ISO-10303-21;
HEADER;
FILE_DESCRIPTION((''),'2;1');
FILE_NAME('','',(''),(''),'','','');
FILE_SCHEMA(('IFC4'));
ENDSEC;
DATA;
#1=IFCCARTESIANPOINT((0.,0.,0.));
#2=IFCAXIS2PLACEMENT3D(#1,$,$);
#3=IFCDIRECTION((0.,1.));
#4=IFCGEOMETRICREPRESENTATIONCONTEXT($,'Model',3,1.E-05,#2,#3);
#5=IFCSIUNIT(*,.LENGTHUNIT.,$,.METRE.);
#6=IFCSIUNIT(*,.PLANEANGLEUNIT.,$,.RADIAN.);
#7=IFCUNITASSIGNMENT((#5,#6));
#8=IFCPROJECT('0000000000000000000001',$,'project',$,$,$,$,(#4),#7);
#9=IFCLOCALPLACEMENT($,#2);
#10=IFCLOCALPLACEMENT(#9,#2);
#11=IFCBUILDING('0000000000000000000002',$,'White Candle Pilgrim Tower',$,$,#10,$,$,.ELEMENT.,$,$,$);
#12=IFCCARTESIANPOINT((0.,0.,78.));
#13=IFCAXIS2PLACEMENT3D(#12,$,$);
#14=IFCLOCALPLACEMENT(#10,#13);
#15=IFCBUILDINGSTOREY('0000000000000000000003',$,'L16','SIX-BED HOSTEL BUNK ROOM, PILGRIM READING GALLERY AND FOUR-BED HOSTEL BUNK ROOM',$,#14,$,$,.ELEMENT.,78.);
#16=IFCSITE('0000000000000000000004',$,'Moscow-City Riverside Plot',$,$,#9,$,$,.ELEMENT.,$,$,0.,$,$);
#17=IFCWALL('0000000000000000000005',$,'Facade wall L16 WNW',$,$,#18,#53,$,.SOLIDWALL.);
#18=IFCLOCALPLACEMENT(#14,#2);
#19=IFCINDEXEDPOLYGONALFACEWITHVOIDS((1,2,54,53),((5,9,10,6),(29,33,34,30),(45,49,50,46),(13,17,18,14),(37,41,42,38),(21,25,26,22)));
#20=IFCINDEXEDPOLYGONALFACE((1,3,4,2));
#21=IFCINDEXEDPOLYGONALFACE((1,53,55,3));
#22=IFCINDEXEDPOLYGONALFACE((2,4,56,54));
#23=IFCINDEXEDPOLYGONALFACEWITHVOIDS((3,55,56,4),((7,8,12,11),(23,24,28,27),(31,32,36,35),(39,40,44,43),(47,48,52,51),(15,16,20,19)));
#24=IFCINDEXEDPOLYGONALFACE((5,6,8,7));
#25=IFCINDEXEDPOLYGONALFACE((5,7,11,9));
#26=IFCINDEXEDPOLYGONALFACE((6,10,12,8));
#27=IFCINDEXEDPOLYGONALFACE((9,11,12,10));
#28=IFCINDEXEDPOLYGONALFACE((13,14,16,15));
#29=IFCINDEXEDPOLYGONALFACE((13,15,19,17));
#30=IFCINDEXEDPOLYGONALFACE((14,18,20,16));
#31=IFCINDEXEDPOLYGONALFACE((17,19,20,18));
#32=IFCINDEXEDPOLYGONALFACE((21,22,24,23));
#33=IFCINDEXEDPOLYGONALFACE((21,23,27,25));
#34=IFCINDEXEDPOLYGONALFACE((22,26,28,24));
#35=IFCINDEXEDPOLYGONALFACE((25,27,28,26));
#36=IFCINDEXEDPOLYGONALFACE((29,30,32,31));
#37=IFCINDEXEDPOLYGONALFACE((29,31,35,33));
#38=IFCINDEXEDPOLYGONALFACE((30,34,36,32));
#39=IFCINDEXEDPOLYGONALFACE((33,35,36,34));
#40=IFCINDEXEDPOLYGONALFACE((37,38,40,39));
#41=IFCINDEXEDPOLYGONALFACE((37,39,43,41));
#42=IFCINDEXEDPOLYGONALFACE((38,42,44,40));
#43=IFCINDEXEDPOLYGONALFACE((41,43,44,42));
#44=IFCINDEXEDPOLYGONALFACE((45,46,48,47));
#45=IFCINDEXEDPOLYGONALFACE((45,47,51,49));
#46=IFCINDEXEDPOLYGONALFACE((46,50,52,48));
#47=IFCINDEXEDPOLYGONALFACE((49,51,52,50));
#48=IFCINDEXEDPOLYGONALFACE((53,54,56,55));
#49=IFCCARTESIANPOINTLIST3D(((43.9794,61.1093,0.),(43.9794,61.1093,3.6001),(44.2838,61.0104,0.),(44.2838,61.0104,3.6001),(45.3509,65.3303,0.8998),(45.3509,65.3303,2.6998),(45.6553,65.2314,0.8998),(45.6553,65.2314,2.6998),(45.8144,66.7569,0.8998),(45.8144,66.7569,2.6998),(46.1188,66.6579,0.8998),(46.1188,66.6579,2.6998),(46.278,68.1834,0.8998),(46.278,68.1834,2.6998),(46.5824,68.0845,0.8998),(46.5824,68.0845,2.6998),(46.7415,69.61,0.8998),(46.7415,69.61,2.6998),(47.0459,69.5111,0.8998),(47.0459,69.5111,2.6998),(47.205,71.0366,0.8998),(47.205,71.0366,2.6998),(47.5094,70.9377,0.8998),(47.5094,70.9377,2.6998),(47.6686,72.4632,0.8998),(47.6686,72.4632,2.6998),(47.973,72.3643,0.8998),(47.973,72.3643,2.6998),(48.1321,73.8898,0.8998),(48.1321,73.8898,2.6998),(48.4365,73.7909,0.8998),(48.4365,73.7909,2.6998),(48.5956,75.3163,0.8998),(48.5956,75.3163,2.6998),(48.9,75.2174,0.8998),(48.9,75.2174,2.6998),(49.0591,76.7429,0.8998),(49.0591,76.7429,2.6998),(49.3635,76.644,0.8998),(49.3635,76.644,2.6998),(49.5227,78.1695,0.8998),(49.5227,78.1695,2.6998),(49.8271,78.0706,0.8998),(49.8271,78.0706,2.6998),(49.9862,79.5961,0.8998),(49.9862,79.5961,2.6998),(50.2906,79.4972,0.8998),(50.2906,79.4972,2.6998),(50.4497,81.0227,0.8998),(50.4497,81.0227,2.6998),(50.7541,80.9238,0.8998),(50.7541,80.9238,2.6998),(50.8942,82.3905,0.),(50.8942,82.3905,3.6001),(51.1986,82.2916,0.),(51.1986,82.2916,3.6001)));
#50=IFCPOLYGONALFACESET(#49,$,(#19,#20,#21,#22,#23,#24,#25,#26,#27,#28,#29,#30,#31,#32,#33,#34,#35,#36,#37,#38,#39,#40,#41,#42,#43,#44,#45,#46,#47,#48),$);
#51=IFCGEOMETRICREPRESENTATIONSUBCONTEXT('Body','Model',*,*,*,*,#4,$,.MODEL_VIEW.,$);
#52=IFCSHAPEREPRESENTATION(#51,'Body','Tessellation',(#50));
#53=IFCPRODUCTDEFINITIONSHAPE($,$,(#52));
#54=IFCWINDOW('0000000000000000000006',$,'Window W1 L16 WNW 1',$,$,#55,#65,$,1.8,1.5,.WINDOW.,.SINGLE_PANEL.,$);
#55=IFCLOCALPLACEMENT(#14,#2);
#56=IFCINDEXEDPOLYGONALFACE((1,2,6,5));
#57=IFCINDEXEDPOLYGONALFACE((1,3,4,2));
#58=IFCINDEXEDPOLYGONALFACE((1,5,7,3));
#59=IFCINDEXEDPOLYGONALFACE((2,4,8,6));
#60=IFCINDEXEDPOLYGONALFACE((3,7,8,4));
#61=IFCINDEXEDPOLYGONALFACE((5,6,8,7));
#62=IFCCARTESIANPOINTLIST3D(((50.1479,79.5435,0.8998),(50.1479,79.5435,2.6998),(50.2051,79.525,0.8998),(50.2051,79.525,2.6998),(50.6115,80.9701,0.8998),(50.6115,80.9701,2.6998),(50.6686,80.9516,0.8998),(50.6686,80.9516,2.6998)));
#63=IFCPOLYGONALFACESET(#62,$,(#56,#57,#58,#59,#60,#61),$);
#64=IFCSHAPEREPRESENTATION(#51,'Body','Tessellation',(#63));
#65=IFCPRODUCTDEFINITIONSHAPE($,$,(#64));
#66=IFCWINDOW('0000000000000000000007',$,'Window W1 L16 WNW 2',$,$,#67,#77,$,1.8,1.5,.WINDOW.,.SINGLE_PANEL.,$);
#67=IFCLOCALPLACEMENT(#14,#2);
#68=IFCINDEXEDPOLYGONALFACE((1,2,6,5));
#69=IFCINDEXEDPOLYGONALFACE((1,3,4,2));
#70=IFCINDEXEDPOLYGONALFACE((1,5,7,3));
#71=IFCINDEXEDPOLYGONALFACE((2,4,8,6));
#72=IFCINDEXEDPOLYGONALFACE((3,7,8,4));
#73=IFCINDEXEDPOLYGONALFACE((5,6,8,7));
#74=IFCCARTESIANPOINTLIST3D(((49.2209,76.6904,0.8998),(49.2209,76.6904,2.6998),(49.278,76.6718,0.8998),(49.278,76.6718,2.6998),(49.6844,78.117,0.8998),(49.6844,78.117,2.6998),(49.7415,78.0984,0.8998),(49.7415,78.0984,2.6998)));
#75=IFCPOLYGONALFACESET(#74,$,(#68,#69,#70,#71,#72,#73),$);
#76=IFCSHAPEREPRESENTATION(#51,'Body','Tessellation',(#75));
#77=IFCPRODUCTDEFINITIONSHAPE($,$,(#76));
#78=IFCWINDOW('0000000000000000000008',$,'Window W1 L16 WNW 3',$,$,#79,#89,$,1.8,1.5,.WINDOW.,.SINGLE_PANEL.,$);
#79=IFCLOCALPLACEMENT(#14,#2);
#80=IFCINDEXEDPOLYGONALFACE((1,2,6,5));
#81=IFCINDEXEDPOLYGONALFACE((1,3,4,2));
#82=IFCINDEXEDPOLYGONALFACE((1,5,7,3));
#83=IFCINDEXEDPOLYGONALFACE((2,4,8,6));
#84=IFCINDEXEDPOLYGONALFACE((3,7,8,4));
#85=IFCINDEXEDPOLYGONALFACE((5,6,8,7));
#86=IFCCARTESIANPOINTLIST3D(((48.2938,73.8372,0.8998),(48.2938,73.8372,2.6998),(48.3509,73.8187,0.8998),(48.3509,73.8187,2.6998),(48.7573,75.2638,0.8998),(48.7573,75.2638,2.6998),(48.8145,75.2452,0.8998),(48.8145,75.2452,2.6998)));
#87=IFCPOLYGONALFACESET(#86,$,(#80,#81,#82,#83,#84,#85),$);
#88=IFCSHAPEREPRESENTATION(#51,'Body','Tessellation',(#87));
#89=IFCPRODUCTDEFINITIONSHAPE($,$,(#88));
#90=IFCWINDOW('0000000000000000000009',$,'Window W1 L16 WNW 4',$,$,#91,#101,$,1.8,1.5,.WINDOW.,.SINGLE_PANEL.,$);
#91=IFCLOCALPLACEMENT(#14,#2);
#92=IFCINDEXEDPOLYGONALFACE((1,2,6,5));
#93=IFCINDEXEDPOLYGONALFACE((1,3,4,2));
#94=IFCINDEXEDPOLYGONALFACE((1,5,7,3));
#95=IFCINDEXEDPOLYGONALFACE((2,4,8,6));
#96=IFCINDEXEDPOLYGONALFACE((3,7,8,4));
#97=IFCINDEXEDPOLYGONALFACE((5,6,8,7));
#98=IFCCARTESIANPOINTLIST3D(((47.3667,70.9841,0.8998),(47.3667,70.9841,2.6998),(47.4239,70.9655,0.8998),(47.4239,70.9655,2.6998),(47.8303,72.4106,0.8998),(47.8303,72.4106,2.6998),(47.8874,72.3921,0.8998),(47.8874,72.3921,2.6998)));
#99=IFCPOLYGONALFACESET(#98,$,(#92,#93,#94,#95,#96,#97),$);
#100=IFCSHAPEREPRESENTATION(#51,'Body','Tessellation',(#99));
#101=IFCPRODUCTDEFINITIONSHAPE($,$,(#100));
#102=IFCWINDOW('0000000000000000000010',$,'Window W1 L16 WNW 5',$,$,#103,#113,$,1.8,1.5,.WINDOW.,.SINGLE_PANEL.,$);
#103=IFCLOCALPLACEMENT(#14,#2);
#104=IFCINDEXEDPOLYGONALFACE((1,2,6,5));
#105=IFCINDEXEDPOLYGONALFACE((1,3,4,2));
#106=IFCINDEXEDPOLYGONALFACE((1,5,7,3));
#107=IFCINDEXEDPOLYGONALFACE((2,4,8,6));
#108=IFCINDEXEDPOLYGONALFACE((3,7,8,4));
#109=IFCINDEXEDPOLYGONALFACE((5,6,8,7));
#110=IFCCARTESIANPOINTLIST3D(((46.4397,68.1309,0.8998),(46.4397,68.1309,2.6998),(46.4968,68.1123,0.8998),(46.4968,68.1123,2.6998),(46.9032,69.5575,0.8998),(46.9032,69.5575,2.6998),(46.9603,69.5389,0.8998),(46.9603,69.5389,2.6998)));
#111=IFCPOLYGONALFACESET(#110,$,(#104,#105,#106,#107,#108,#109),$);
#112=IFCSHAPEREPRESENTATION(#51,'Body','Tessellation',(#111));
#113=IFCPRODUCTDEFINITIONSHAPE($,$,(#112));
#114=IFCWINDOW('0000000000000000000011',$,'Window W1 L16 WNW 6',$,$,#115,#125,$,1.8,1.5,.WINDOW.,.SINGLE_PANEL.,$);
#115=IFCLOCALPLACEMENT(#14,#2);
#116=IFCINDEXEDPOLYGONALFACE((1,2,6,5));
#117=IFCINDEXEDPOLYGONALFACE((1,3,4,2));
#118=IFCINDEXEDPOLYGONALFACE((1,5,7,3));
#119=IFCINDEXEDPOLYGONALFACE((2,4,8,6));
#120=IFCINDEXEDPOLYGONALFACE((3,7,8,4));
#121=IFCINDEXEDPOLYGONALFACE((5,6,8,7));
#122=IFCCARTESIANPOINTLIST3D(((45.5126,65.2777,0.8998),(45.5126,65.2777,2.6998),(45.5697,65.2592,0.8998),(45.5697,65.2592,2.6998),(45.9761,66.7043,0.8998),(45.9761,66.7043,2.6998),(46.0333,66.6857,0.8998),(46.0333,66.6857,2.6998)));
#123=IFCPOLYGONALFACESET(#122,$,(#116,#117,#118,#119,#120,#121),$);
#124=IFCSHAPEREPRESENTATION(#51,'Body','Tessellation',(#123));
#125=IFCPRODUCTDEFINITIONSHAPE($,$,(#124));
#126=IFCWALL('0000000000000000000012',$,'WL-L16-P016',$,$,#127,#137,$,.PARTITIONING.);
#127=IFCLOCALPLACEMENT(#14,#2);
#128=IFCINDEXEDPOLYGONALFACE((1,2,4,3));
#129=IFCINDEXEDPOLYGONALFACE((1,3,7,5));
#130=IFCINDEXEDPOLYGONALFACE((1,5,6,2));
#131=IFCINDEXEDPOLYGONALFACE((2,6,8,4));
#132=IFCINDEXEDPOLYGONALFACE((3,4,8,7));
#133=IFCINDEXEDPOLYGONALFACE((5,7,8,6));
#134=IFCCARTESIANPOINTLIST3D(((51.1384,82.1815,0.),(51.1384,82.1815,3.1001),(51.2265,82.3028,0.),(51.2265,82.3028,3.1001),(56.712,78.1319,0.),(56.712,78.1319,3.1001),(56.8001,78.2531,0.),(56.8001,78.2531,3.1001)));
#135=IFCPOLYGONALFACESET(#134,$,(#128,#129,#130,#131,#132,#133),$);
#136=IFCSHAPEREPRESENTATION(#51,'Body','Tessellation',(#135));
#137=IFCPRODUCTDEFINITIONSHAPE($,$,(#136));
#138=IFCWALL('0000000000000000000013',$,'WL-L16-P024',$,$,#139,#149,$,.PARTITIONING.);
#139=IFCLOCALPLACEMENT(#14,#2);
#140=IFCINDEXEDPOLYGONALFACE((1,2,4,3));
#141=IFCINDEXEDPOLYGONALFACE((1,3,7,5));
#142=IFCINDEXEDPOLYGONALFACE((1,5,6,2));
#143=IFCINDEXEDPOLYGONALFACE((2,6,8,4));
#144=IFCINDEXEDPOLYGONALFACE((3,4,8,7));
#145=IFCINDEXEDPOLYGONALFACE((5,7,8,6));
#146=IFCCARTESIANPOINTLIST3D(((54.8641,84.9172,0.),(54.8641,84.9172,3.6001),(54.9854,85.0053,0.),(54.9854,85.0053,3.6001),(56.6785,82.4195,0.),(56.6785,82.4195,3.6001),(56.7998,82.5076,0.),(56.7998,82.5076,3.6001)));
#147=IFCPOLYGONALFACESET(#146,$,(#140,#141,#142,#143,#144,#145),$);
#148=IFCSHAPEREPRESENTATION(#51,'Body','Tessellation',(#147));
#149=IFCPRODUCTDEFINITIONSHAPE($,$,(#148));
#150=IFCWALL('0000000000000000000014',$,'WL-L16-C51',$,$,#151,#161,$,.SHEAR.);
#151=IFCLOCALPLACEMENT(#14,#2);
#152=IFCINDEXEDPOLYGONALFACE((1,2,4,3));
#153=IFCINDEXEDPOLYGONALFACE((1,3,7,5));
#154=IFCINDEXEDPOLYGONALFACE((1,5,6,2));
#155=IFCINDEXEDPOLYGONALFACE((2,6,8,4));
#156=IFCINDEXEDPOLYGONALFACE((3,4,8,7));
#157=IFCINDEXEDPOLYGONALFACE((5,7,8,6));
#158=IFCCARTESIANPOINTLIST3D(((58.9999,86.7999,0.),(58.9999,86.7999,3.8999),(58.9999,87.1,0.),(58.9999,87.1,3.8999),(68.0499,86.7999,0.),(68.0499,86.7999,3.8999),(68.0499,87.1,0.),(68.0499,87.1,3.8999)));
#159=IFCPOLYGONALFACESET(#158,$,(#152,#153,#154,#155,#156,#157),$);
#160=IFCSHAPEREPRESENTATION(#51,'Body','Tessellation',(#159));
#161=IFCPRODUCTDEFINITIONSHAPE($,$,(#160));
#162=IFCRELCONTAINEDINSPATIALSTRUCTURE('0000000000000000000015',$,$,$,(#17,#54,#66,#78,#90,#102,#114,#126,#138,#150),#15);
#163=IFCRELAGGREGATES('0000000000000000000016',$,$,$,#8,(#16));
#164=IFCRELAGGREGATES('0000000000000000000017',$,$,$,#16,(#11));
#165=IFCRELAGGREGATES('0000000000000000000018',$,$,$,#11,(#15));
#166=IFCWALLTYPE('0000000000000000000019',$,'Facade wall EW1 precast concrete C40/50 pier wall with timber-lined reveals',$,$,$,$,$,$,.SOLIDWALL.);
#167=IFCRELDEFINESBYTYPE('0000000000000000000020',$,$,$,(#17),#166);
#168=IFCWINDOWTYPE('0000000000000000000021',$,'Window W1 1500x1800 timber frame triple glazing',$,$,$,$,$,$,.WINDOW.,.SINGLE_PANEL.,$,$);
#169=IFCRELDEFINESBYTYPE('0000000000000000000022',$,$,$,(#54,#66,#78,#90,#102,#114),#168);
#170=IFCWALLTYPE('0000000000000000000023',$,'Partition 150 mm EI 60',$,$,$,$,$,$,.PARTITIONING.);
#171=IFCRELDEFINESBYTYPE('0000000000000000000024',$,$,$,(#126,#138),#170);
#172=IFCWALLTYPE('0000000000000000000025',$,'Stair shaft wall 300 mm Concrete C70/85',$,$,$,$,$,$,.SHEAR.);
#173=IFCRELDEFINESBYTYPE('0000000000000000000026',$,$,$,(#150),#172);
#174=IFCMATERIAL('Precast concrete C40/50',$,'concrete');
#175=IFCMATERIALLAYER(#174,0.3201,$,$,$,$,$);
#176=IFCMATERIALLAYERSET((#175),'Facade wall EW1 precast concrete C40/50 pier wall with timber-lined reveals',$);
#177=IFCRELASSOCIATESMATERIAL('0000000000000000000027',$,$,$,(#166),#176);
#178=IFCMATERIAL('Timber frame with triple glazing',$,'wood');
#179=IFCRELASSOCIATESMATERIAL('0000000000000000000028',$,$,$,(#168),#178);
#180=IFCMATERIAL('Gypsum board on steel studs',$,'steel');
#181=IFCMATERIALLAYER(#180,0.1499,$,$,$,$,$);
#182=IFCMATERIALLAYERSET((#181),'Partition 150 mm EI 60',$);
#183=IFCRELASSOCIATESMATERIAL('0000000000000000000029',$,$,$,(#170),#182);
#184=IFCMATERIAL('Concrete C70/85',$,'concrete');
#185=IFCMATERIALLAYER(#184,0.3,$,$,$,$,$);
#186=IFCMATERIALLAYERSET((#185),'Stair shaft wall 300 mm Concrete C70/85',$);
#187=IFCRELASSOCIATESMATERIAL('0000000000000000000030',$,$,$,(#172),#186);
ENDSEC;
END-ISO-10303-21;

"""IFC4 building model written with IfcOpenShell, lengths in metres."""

from ifc_helpers import new_model, si_unit, direction, frame, frame_2d, origin, place, context, subcontext, project, spatial, rectangle, extrude, material, layer, layer_set, type_object, element, fill, save


model = new_model("IFC4")

# Units and contexts
model_context = context("Model", 3, precision=1e-05, world=origin(), true_north=direction((0.0, 1.0)))
body_context = subcontext(model_context, "Body", "Model", "MODEL_VIEW")
ifc_project = project(units=[si_unit("LENGTHUNIT", "METRE"), si_unit("PLANEANGLEUNIT", "RADIAN")], contexts=[model_context])

# Site, building, storey
site_placement = place(None, origin())
site = spatial("IfcSite", under=ifc_project, at=site_placement, Name="Moscow-City Riverside Plot", CompositionType="ELEMENT", RefElevation=0.0)
building_placement = place(site_placement, origin())
building = spatial("IfcBuilding", under=site, at=building_placement, Name="White Candle Pilgrim Tower", CompositionType="ELEMENT")
storey_placement = place(building_placement, frame((0.0, 0.0, 78.0)))
storey = spatial("IfcBuildingStorey", under=building, at=storey_placement, Name="L16", Description="SIX-BED HOSTEL BUNK ROOM, PILGRIM READING GALLERY AND FOUR-BED HOSTEL BUNK ROOM", CompositionType="ELEMENT", Elevation=78.0)

# Shared definitions
ifc_material_1 = material(Name="Concrete C70/85", Category="concrete")

# Wall, openings, windows
ifc_material_2 = material(Name="Precast concrete C40/50", Category="concrete")
ifc_layer_1 = layer(ifc_material_2, 0.3201)
ifc_layer_set_1 = layer_set([ifc_layer_1], Name="Facade wall EW1 precast concrete C40/50 pier wall with timber-lined reveals")
wall_type_1 = type_object("IfcWallType", Name="Facade wall EW1 precast concrete C40/50 pier wall with timber-lined reveals", PredefinedType="SOLIDWALL", material=ifc_layer_set_1)
ifc_material_3 = material(Name="Timber frame with triple glazing", Category="wood")
wall_1_placement = place(storey_placement, frame((51.0464, 82.3411, 0.0), z_axis=(0.0, 0.0, 1.0), x_axis=(-0.309021, -0.951055, 0.0)))
wall_1 = element("IfcWall", 1, at=wall_1_placement, inside=storey, type_object=wall_type_1, Name="Facade wall L16 WNW", PredefinedType="SOLIDWALL", context=body_context, shape_type="SweptSolid", body=[
    extrude(rectangle(XDim=22.3765, YDim=0.3201, at=frame_2d((11.1882, 0.0))), origin(), (0.0, 0.0, 1.0), 3.6001),
])
opening_1_placement = place(wall_1_placement, frame((1.4382, 0.0, 0.8999)))
opening_1 = element("IfcOpeningElement", 2, at=opening_1_placement, cuts=wall_1, PredefinedType="OPENING", context=body_context, shape_type="SweptSolid", body=[
    extrude(rectangle(XDim=1.5, YDim=1.8, at=frame_2d((0.75, 0.8999))), frame((0.0, 0.1699, 0.0), z_axis=(0.0, -1.0, 0.0), x_axis=(1.0, 0.0, 0.0)), (0.0, 0.0, 1.0), 0.3401),
])
opening_2_placement = place(wall_1_placement, frame((4.4382, 0.0, 0.8999)))
opening_2 = element("IfcOpeningElement", 3, at=opening_2_placement, cuts=wall_1, PredefinedType="OPENING", context=body_context, shape_type="SweptSolid", body=[
    extrude(rectangle(XDim=1.5, YDim=1.8, at=frame_2d((0.75, 0.8999))), frame((0.0, 0.1699, 0.0), z_axis=(0.0, -1.0, 0.0), x_axis=(1.0, 0.0, 0.0)), (0.0, 0.0, 1.0), 0.3401),
])
opening_3_placement = place(wall_1_placement, frame((7.4382, 0.0, 0.8999)))
opening_3 = element("IfcOpeningElement", 4, at=opening_3_placement, cuts=wall_1, PredefinedType="OPENING", context=body_context, shape_type="SweptSolid", body=[
    extrude(rectangle(XDim=1.5, YDim=1.8, at=frame_2d((0.75, 0.8999))), frame((0.0, 0.1699, 0.0), z_axis=(0.0, -1.0, 0.0), x_axis=(1.0, 0.0, 0.0)), (0.0, 0.0, 1.0), 0.3401),
])
opening_4_placement = place(wall_1_placement, frame((10.4382, 0.0, 0.8999)))
opening_4 = element("IfcOpeningElement", 5, at=opening_4_placement, cuts=wall_1, PredefinedType="OPENING", context=body_context, shape_type="SweptSolid", body=[
    extrude(rectangle(XDim=1.5, YDim=1.8, at=frame_2d((0.75, 0.8999))), frame((0.0, 0.1699, 0.0), z_axis=(0.0, -1.0, 0.0), x_axis=(1.0, 0.0, 0.0)), (0.0, 0.0, 1.0), 0.3401),
])
opening_5_placement = place(wall_1_placement, frame((13.4382, 0.0, 0.8999)))
opening_5 = element("IfcOpeningElement", 6, at=opening_5_placement, cuts=wall_1, PredefinedType="OPENING", context=body_context, shape_type="SweptSolid", body=[
    extrude(rectangle(XDim=1.5, YDim=1.8, at=frame_2d((0.75, 0.8999))), frame((0.0, 0.1699, 0.0), z_axis=(0.0, -1.0, 0.0), x_axis=(1.0, 0.0, 0.0)), (0.0, 0.0, 1.0), 0.3401),
])
opening_6_placement = place(wall_1_placement, frame((16.4382, 0.0, 0.8999)))
opening_6 = element("IfcOpeningElement", 7, at=opening_6_placement, cuts=wall_1, PredefinedType="OPENING", context=body_context, shape_type="SweptSolid", body=[
    extrude(rectangle(XDim=1.5, YDim=1.8, at=frame_2d((0.75, 0.8999))), frame((0.0, 0.1699, 0.0), z_axis=(0.0, -1.0, 0.0), x_axis=(1.0, 0.0, 0.0)), (0.0, 0.0, 1.0), 0.3401),
])
window_type_1 = type_object("IfcWindowType", Name="Window W1 1500x1800 timber frame triple glazing", PartitioningType="SINGLE_PANEL", PredefinedType="WINDOW", material=ifc_material_3)
window_1_placement = place(opening_1_placement, origin())
window_1 = element("IfcWindow", 8, at=window_1_placement, inside=storey, type_object=window_type_1, Name="Window W1 L16 WNW 1", OverallHeight=1.8, OverallWidth=1.5, PartitioningType="SINGLE_PANEL", PredefinedType="WINDOW", context=body_context, shape_type="SweptSolid", body=[
    extrude(rectangle(XDim=1.5, YDim=1.8, at=frame_2d((0.75, 0.8999))), frame((0.0, 0.0701, 0.0), z_axis=(0.0, -1.0, 0.0), x_axis=(1.0, 0.0, 0.0)), (0.0, 0.0, 1.0), 0.0601),
])
fill(opening_1, window_1)
window_2_placement = place(opening_2_placement, origin())
window_2 = element("IfcWindow", 9, at=window_2_placement, inside=storey, type_object=window_type_1, Name="Window W1 L16 WNW 2", OverallHeight=1.8, OverallWidth=1.5, PartitioningType="SINGLE_PANEL", PredefinedType="WINDOW", context=body_context, shape_type="SweptSolid", body=[
    extrude(rectangle(XDim=1.5, YDim=1.8, at=frame_2d((0.75, 0.8999))), frame((0.0, 0.0701, 0.0), z_axis=(0.0, -1.0, 0.0), x_axis=(1.0, 0.0, 0.0)), (0.0, 0.0, 1.0), 0.0601),
])
fill(opening_2, window_2)
window_3_placement = place(opening_3_placement, origin())
window_3 = element("IfcWindow", 10, at=window_3_placement, inside=storey, type_object=window_type_1, Name="Window W1 L16 WNW 3", OverallHeight=1.8, OverallWidth=1.5, PartitioningType="SINGLE_PANEL", PredefinedType="WINDOW", context=body_context, shape_type="SweptSolid", body=[
    extrude(rectangle(XDim=1.5, YDim=1.8, at=frame_2d((0.75, 0.8999))), frame((0.0, 0.0701, 0.0), z_axis=(0.0, -1.0, 0.0), x_axis=(1.0, 0.0, 0.0)), (0.0, 0.0, 1.0), 0.0601),
])
fill(opening_3, window_3)
window_4_placement = place(opening_4_placement, origin())
window_4 = element("IfcWindow", 11, at=window_4_placement, inside=storey, type_object=window_type_1, Name="Window W1 L16 WNW 4", OverallHeight=1.8, OverallWidth=1.5, PartitioningType="SINGLE_PANEL", PredefinedType="WINDOW", context=body_context, shape_type="SweptSolid", body=[
    extrude(rectangle(XDim=1.5, YDim=1.8, at=frame_2d((0.75, 0.8999))), frame((0.0, 0.0701, 0.0), z_axis=(0.0, -1.0, 0.0), x_axis=(1.0, 0.0, 0.0)), (0.0, 0.0, 1.0), 0.0601),
])
fill(opening_4, window_4)
window_5_placement = place(opening_5_placement, origin())
window_5 = element("IfcWindow", 12, at=window_5_placement, inside=storey, type_object=window_type_1, Name="Window W1 L16 WNW 5", OverallHeight=1.8, OverallWidth=1.5, PartitioningType="SINGLE_PANEL", PredefinedType="WINDOW", context=body_context, shape_type="SweptSolid", body=[
    extrude(rectangle(XDim=1.5, YDim=1.8, at=frame_2d((0.75, 0.8999))), frame((0.0, 0.0701, 0.0), z_axis=(0.0, -1.0, 0.0), x_axis=(1.0, 0.0, 0.0)), (0.0, 0.0, 1.0), 0.0601),
])
fill(opening_5, window_5)
window_6_placement = place(opening_6_placement, origin())
window_6 = element("IfcWindow", 13, at=window_6_placement, inside=storey, type_object=window_type_1, Name="Window W1 L16 WNW 6", OverallHeight=1.8, OverallWidth=1.5, PartitioningType="SINGLE_PANEL", PredefinedType="WINDOW", context=body_context, shape_type="SweptSolid", body=[
    extrude(rectangle(XDim=1.5, YDim=1.8, at=frame_2d((0.75, 0.8999))), frame((0.0, 0.0701, 0.0), z_axis=(0.0, -1.0, 0.0), x_axis=(1.0, 0.0, 0.0)), (0.0, 0.0, 1.0), 0.0601),
])
fill(opening_6, window_6)

# Walls
ifc_material_4 = material(Name="Gypsum board on steel studs", Category="steel")
ifc_layer_2 = layer(ifc_material_4, 0.1499)
ifc_layer_set_2 = layer_set([ifc_layer_2], Name="Partition 150 mm EI 60")
wall_type_2 = type_object("IfcWallType", Name="Partition 150 mm EI 60", PredefinedType="PARTITIONING", material=ifc_layer_set_2)
wall_2_placement = place(storey_placement, frame((51.1824, 82.2422, 0.0), z_axis=(0.0, 0.0, 1.0), x_axis=(0.809004, -0.587803, 0.0)))
element("IfcWall", 14, at=wall_2_placement, inside=storey, type_object=wall_type_2, Name="WL-L16-P016", PredefinedType="PARTITIONING", context=body_context, shape_type="SweptSolid", body=[
    extrude(rectangle(XDim=6.8894, YDim=0.1499, at=frame_2d((3.4448, 0.0))), origin(), (0.0, 0.0, 1.0), 3.1001),
])
wall_3_placement = place(storey_placement, frame((54.9248, 84.9612, 0.0), z_axis=(0.0, 0.0, 1.0), x_axis=(0.58772, -0.809064, 0.0)))
element("IfcWall", 15, at=wall_3_placement, inside=storey, type_object=wall_type_2, Name="WL-L16-P024", PredefinedType="PARTITIONING", context=body_context, shape_type="SweptSolid", body=[
    extrude(rectangle(XDim=3.0872, YDim=0.1499, at=frame_2d((1.5435, 0.0))), origin(), (0.0, 0.0, 1.0), 3.6001),
])
ifc_layer_3 = layer(ifc_material_1, 0.3)
ifc_layer_set_3 = layer_set([ifc_layer_3], Name="Stair shaft wall 300 mm Concrete C70/85")
wall_type_3 = type_object("IfcWallType", Name="Stair shaft wall 300 mm Concrete C70/85", PredefinedType="SHEAR", material=ifc_layer_set_3)
wall_4_placement = place(storey_placement, frame((59.0, 86.95, 0.0), z_axis=(0.0, 0.0, 1.0), x_axis=(1.0, 0.0, 0.0)))
element("IfcWall", 16, at=wall_4_placement, inside=storey, type_object=wall_type_3, Name="WL-L16-C51", PredefinedType="SHEAR", context=body_context, shape_type="SweptSolid", body=[
    extrude(rectangle(XDim=9.05, YDim=0.3, at=frame_2d((4.5249, 0.0))), origin(), (0.0, 0.0, 1.0), 3.8999),
])

save(model, "model.ifc")
